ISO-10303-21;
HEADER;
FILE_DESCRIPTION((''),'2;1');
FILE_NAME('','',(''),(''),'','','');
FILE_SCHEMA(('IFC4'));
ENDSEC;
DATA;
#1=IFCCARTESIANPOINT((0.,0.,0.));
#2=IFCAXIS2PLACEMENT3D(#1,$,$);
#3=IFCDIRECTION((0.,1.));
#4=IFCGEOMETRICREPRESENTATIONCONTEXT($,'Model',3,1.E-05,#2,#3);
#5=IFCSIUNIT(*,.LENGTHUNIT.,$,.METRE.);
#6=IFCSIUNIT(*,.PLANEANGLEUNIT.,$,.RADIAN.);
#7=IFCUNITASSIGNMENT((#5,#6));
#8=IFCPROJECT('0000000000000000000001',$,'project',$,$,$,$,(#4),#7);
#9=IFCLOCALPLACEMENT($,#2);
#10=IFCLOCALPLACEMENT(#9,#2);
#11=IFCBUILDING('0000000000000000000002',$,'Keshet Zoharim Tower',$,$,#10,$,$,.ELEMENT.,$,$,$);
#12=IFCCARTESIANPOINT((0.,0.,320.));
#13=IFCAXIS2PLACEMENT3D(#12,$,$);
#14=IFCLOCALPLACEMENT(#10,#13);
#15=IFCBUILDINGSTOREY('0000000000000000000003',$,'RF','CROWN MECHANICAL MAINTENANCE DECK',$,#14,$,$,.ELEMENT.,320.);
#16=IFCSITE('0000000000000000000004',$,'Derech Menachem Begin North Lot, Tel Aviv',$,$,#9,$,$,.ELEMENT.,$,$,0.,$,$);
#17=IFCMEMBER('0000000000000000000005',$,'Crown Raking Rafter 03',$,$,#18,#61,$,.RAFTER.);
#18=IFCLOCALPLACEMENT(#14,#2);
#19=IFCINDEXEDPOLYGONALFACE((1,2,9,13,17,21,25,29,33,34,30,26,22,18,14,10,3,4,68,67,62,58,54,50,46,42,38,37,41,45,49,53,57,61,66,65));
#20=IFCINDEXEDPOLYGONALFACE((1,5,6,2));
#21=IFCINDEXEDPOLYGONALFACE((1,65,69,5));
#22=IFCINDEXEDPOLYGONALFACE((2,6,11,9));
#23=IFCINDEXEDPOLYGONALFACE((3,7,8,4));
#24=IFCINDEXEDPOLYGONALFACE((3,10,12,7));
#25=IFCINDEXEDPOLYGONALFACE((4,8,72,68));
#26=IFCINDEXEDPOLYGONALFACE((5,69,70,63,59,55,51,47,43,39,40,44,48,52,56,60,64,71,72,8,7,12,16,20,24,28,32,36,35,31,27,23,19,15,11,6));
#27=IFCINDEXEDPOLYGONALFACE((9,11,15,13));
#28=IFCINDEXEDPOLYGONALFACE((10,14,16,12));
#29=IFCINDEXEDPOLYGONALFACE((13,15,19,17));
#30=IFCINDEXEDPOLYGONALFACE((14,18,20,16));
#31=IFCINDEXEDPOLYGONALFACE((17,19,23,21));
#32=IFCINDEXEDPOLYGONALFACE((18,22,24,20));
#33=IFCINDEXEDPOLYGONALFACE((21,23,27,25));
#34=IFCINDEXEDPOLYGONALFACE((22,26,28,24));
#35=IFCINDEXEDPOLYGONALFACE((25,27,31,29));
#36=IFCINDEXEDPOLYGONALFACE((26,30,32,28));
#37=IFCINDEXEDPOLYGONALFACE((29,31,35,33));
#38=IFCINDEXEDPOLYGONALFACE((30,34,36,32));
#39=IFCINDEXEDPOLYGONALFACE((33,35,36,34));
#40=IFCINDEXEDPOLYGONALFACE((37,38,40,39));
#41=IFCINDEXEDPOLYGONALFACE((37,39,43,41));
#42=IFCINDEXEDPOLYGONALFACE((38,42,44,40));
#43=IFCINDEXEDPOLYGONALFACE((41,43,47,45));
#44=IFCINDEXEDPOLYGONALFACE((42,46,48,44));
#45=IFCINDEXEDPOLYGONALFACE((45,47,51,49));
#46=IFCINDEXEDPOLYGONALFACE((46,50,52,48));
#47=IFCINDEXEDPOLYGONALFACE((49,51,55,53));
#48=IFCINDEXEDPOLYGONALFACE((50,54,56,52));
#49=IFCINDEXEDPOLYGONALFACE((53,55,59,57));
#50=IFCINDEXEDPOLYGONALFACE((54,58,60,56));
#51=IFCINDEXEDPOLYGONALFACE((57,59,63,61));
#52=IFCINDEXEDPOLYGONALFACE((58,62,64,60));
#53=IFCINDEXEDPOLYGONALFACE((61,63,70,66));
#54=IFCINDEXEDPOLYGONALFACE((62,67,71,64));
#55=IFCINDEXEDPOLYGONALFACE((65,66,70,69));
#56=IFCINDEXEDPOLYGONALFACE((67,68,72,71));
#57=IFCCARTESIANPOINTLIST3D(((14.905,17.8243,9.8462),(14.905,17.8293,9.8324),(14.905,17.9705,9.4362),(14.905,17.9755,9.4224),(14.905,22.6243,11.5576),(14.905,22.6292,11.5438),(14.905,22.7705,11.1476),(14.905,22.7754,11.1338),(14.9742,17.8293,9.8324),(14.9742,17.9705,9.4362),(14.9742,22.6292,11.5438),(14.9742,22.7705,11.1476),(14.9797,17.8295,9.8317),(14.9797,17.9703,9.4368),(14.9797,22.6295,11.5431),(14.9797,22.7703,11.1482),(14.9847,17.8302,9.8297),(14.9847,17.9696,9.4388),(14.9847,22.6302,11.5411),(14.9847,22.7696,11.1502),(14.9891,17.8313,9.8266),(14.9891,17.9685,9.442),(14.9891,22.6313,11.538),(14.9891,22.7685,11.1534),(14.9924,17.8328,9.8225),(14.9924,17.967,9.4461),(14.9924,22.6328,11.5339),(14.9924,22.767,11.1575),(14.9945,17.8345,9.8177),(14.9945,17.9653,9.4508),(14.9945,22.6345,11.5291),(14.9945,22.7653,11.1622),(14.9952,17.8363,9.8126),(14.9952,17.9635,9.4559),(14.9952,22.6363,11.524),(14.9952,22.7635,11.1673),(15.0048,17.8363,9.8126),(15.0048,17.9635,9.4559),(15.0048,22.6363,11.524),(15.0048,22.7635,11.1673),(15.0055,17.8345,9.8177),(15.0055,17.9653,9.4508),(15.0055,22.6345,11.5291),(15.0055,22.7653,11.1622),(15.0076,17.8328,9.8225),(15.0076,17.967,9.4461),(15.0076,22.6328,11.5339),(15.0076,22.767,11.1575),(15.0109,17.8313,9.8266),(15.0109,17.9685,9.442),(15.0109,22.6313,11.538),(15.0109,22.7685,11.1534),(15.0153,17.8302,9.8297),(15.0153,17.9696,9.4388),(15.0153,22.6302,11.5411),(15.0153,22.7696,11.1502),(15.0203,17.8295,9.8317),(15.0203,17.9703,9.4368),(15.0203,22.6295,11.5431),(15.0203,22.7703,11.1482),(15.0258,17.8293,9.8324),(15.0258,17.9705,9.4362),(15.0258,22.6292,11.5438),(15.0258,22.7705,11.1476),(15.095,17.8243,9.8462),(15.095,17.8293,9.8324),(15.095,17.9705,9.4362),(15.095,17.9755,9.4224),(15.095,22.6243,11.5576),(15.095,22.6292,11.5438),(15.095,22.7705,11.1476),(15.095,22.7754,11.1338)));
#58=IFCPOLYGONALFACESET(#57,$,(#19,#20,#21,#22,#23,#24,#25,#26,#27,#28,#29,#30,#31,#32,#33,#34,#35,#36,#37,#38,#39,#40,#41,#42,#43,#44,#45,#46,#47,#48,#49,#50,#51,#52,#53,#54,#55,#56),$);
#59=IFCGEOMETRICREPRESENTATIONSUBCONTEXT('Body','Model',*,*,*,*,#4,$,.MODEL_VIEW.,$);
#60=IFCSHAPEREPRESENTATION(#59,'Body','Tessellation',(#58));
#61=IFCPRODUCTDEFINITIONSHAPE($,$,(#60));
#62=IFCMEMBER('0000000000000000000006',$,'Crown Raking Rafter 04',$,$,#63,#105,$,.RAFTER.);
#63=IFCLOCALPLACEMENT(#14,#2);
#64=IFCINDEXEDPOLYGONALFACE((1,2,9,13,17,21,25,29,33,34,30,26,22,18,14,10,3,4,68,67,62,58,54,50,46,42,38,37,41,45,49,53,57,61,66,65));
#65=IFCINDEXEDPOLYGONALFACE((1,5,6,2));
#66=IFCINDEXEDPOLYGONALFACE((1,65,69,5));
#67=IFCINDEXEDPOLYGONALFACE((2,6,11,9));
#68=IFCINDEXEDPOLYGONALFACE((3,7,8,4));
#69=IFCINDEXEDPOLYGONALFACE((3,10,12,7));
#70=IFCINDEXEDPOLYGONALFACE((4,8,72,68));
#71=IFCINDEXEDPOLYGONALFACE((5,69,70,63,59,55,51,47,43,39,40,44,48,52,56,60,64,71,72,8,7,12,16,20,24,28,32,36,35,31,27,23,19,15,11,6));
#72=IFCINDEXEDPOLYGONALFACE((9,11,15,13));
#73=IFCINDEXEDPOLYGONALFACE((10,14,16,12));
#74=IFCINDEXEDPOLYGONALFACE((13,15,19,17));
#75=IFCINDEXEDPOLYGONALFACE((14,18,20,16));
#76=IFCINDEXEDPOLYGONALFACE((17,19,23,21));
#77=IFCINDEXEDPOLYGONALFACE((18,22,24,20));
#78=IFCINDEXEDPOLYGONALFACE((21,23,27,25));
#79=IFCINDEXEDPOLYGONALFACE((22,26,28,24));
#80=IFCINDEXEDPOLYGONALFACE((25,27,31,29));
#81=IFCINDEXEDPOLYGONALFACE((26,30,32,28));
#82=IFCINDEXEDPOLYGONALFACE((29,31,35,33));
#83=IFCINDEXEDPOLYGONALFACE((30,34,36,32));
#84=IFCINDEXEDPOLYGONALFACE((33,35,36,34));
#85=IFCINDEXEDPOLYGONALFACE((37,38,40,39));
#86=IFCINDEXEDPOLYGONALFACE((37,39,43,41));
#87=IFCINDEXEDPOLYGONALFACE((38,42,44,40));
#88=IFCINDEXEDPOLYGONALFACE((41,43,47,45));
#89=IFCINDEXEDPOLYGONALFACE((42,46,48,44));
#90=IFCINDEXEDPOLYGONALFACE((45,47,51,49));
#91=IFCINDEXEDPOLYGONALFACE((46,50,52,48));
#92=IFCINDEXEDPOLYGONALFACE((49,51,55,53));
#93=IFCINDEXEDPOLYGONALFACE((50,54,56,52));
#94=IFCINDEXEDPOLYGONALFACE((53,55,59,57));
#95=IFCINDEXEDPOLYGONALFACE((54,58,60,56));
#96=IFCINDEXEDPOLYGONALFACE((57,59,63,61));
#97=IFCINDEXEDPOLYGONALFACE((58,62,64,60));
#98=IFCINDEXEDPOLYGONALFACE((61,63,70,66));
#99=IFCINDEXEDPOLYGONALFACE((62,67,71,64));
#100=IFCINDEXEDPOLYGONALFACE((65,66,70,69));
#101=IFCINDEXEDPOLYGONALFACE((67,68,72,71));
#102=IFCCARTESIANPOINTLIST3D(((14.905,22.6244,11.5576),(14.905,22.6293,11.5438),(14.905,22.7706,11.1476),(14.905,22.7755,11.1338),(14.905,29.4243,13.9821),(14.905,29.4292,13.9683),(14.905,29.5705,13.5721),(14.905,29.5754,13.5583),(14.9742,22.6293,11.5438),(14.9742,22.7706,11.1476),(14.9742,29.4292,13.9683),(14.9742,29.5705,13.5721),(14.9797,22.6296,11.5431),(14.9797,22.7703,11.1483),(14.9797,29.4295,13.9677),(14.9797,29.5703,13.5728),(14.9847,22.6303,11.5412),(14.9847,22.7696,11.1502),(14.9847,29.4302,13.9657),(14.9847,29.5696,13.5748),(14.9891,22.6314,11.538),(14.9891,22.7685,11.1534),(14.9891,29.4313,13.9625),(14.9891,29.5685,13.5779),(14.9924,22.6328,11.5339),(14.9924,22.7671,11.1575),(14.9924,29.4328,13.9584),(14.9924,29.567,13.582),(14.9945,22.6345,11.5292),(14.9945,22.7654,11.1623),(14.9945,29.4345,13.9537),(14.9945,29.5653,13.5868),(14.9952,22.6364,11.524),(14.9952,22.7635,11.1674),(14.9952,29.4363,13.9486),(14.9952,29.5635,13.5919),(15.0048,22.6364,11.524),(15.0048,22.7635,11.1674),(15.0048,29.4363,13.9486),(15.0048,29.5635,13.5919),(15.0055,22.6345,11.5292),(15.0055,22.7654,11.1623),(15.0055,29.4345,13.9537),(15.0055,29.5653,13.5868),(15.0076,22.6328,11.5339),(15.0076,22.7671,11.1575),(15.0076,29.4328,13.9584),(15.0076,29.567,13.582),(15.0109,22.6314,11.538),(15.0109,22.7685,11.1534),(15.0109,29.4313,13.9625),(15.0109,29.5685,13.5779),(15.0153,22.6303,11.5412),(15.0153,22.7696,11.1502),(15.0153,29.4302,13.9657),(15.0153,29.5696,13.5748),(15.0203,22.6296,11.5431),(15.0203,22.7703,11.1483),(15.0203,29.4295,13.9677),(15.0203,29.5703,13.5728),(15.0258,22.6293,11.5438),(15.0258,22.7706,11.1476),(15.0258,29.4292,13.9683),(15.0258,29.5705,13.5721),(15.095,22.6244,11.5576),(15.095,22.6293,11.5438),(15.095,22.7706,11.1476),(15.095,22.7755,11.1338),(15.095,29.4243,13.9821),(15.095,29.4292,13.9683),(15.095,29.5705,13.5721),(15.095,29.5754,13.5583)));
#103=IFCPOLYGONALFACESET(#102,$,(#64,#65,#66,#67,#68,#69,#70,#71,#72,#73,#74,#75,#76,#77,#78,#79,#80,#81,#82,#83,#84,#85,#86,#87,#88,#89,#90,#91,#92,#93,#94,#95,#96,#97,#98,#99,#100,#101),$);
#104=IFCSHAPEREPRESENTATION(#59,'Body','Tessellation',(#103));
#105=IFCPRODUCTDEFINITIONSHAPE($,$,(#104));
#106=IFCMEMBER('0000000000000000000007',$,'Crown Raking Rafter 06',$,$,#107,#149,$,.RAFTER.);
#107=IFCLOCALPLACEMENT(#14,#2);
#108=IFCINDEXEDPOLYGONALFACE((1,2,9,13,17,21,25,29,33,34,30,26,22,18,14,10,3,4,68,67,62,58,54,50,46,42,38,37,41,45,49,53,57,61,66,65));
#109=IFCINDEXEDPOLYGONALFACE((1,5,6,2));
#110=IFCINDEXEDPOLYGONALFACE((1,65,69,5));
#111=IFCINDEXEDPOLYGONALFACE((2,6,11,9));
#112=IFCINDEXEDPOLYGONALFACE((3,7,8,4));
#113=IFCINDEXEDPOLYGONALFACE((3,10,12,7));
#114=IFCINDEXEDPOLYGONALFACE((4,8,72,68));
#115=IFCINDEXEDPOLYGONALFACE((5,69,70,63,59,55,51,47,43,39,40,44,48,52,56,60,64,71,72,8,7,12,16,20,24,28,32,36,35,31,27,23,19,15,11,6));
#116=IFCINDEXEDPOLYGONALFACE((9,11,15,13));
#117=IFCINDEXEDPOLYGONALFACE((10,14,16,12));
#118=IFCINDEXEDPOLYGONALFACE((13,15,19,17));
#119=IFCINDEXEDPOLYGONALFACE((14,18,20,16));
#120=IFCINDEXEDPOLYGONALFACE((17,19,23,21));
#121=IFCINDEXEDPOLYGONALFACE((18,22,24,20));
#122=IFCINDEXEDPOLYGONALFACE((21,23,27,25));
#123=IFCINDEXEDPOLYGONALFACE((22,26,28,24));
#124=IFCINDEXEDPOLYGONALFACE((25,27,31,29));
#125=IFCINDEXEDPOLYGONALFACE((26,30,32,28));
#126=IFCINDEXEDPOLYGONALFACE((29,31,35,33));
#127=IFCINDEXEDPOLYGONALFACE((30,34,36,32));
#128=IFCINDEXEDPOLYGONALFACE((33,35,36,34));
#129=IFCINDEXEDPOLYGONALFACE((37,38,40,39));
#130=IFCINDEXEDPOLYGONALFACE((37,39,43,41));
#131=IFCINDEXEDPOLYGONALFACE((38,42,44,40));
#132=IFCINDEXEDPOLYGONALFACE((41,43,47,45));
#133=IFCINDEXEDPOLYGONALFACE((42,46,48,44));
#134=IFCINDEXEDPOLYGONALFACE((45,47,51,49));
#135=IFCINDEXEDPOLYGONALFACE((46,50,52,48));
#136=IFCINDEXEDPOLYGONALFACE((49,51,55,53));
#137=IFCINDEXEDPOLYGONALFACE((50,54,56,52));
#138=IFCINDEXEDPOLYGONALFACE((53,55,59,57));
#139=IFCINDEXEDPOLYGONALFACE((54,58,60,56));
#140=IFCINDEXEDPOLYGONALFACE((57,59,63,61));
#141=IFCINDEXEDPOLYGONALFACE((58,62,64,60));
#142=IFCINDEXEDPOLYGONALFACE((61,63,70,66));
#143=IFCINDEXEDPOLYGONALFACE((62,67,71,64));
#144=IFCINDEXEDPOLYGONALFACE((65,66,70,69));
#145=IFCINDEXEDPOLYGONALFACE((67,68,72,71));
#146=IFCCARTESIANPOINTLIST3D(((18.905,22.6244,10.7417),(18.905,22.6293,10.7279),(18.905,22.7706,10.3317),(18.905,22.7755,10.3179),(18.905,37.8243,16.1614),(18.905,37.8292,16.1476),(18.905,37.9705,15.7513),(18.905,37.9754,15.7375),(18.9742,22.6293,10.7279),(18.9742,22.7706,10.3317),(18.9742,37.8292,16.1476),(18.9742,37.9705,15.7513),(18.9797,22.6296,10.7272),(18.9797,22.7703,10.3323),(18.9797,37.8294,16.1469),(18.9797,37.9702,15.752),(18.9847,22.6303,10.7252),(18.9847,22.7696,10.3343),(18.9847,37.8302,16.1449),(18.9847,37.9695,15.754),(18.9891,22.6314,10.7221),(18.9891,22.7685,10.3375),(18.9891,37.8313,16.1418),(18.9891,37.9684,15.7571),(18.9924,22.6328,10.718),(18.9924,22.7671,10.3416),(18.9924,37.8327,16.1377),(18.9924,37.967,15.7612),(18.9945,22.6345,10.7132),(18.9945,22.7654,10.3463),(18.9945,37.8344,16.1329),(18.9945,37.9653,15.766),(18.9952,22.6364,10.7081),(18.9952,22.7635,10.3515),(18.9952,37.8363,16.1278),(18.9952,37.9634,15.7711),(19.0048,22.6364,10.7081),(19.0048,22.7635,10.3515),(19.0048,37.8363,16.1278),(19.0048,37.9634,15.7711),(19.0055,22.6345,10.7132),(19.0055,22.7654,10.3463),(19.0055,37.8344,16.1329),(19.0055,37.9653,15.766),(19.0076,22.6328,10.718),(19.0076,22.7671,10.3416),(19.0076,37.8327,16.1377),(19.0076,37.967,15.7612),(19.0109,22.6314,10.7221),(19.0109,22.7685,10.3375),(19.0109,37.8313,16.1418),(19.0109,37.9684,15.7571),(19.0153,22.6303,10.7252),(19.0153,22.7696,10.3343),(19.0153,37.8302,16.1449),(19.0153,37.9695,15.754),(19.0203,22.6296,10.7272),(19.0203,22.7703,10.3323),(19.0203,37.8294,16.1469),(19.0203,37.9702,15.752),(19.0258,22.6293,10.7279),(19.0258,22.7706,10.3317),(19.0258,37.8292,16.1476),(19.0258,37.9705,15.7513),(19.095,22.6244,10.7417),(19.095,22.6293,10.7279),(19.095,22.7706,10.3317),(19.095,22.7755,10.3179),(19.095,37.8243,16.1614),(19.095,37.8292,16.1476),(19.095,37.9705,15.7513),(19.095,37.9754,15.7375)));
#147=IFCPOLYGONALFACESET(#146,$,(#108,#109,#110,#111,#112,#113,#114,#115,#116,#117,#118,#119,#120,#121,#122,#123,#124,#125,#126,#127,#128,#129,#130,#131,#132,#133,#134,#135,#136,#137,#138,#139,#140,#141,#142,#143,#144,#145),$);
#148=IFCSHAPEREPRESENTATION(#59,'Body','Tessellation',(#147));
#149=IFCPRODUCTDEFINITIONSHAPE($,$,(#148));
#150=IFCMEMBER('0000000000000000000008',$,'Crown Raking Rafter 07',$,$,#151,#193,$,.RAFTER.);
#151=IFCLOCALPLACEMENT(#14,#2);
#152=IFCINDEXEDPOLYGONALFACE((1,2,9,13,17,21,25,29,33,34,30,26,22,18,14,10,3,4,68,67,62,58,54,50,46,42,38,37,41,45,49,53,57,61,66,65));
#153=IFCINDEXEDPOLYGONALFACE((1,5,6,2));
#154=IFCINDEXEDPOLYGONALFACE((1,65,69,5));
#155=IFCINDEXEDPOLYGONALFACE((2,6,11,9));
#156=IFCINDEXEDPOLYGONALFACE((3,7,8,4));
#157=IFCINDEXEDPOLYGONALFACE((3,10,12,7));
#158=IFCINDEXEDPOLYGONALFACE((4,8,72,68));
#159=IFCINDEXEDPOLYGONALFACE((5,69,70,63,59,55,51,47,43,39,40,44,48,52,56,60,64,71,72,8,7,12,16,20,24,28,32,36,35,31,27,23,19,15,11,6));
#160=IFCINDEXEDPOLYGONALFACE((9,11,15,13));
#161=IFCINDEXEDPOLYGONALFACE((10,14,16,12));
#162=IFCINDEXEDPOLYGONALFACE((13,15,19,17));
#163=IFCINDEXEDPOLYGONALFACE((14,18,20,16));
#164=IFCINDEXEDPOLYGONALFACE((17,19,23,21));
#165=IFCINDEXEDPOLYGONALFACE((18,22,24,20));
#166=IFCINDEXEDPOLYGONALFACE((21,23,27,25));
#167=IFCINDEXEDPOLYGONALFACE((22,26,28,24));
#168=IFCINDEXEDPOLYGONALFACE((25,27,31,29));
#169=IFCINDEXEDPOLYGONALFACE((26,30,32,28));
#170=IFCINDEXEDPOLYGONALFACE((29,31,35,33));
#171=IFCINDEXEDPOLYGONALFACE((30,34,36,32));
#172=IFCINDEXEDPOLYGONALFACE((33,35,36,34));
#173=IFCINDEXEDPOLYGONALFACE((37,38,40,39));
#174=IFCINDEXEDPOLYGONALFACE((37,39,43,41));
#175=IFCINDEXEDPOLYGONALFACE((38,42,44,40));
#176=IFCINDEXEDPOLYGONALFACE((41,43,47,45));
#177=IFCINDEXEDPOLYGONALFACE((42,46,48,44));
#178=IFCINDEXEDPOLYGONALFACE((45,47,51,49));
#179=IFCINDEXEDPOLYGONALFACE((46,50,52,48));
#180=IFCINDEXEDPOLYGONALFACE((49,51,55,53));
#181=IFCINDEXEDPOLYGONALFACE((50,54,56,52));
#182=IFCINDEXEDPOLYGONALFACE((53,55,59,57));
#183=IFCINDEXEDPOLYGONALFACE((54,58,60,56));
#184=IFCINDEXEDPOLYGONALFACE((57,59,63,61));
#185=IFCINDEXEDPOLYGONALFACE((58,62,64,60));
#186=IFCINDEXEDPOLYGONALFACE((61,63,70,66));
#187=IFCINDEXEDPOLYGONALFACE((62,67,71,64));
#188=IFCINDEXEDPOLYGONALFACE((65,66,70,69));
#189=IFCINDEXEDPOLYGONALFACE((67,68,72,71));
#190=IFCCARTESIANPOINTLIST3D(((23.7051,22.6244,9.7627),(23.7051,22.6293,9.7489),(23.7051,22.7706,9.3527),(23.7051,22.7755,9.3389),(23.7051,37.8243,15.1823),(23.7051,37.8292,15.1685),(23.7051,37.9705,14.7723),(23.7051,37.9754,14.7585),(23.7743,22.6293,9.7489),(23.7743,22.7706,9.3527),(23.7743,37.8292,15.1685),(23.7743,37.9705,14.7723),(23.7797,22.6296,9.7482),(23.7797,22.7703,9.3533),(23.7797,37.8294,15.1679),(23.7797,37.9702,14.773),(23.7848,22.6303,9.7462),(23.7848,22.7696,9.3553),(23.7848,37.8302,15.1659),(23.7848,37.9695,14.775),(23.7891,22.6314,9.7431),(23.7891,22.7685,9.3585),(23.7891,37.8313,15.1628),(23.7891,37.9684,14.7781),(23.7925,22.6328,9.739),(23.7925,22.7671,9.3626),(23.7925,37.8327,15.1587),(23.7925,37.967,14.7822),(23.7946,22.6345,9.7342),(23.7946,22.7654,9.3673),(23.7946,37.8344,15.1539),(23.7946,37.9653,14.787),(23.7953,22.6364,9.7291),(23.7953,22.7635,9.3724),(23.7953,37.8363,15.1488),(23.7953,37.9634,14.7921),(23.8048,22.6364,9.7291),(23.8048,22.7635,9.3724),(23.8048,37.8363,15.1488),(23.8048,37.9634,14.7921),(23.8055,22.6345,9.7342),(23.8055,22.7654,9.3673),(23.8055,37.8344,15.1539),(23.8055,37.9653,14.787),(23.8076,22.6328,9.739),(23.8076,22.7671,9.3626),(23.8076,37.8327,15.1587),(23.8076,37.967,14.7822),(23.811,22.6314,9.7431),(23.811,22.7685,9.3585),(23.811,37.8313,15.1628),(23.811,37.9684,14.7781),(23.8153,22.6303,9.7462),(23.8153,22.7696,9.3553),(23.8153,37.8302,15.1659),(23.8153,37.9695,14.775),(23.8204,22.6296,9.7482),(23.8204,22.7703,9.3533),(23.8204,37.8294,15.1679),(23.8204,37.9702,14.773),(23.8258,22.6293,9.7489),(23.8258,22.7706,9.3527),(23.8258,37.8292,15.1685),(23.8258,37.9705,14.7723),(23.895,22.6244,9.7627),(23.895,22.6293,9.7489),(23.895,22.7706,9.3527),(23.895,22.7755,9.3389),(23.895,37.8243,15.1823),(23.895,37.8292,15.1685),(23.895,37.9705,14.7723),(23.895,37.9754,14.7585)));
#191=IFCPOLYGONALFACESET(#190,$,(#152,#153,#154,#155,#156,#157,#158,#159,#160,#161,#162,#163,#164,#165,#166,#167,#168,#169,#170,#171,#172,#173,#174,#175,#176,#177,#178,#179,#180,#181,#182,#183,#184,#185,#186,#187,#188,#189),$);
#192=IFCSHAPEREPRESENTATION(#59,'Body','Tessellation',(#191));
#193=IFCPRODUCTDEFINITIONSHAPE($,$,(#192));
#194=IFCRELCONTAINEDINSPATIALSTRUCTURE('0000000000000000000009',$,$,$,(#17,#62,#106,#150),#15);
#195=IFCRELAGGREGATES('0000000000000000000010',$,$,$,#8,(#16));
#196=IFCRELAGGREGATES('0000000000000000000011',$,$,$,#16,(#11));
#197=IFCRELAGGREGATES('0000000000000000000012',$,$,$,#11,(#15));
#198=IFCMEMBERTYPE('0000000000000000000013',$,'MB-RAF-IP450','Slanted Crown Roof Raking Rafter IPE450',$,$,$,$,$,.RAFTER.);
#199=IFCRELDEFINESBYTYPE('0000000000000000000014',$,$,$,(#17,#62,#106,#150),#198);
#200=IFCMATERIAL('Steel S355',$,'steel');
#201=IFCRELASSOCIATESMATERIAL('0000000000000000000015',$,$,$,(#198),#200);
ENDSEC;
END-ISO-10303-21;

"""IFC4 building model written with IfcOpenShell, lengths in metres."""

from ifc_helpers import new_model, si_unit, direction, frame, origin, origin_2d, place, context, subcontext, project, spatial, i_section, extrude, material, material_profile, profile_set, type_object, element, save


model = new_model("IFC4")

# Units and contexts
model_context = context("Model", 3, precision=1e-05, world=origin(), true_north=direction((0.0, 1.0)))
body_context = subcontext(model_context, "Body", "Model", "MODEL_VIEW")
ifc_project = project(units=[si_unit("LENGTHUNIT", "METRE"), si_unit("PLANEANGLEUNIT", "RADIAN")], contexts=[model_context])

# Site, building, storey
site_placement = place(None, origin())
site = spatial("IfcSite", under=ifc_project, at=site_placement, Name="Derech Menachem Begin North Lot, Tel Aviv", CompositionType="ELEMENT", RefElevation=0.0)
building_placement = place(site_placement, origin())
building = spatial("IfcBuilding", under=site, at=building_placement, Name="Keshet Zoharim Tower", CompositionType="ELEMENT")
storey_placement = place(building_placement, frame((0.0, 0.0, 320.0)))
storey = spatial("IfcBuildingStorey", under=building, at=storey_placement, Name="RF", Description="CROWN MECHANICAL MAINTENANCE DECK", CompositionType="ELEMENT", Elevation=320.0)

# Shared definitions
ifc_material_1 = material(Name="Steel S355", Category="steel")

# Members
ifc_material_profile_1 = material_profile(ifc_material_1, i_section(OverallWidth=0.1899, OverallDepth=0.45, WebThickness=0.0095, FlangeThickness=0.0146, FilletRadius=0.021, at=origin_2d()), Name="IPE450")
ifc_profile_set_1 = profile_set([ifc_material_profile_1], Name="Steel S355")
member_type_1 = type_object("IfcMemberType", Name="MB-RAF-IP450", Description="Slanted Crown Roof Raking Rafter IPE450", PredefinedType="RAFTER", material=ifc_profile_set_1)
member_1_placement = place(storey_placement, frame((15.0, 17.8999, 9.6343), z_axis=(0.0, 0.941921, 0.335836), x_axis=(-1.0, 0.0, 0.0)))
element("IfcMember", 1, at=member_1_placement, inside=storey, type_object=member_type_1, Name="Crown Raking Rafter 03", PredefinedType="RAFTER", context=body_context, shape_type="SweptSolid", body=[
    extrude(i_section(OverallWidth=0.1899, OverallDepth=0.45, WebThickness=0.0095, FlangeThickness=0.0146, FilletRadius=0.021, at=origin_2d()), origin(), (0.0, 0.0, 1.0), 5.0959),
])
member_2_placement = place(storey_placement, frame((15.0, 22.7, 11.3457), z_axis=(0.0, 0.941919, 0.335841), x_axis=(-1.0, 0.0, 0.0)))
element("IfcMember", 2, at=member_2_placement, inside=storey, type_object=member_type_1, Name="Crown Raking Rafter 04", PredefinedType="RAFTER", context=body_context, shape_type="SweptSolid", body=[
    extrude(i_section(OverallWidth=0.1899, OverallDepth=0.45, WebThickness=0.0095, FlangeThickness=0.0146, FilletRadius=0.021, at=origin_2d()), origin(), (0.0, 0.0, 1.0), 7.2192),
])
for number, where, z_axis, x_axis, name in (
    (3, (19.0, 22.7, 10.5298), (0.0, 0.941916, 0.335849), (-1.0, 0.0, 0.0), "Crown Raking Rafter 06"),
    (4, (23.8, 22.7, 9.5508), (0.0, 0.941916, 0.335849), (-1.0, 0.0, 0.0), "Crown Raking Rafter 07"),
):
    element("IfcMember", number, at=place(storey_placement, frame(where, z_axis=z_axis, x_axis=x_axis)), inside=storey, type_object=member_type_1, Name=name, PredefinedType="RAFTER", context=body_context, shape_type="SweptSolid", body=[
        extrude(i_section(OverallWidth=0.1899, OverallDepth=0.45, WebThickness=0.0095, FlangeThickness=0.0146, FilletRadius=0.021, at=origin_2d()), origin(), (0.0, 0.0, 1.0), 16.1372),
    ])

save(model, "model.ifc")
